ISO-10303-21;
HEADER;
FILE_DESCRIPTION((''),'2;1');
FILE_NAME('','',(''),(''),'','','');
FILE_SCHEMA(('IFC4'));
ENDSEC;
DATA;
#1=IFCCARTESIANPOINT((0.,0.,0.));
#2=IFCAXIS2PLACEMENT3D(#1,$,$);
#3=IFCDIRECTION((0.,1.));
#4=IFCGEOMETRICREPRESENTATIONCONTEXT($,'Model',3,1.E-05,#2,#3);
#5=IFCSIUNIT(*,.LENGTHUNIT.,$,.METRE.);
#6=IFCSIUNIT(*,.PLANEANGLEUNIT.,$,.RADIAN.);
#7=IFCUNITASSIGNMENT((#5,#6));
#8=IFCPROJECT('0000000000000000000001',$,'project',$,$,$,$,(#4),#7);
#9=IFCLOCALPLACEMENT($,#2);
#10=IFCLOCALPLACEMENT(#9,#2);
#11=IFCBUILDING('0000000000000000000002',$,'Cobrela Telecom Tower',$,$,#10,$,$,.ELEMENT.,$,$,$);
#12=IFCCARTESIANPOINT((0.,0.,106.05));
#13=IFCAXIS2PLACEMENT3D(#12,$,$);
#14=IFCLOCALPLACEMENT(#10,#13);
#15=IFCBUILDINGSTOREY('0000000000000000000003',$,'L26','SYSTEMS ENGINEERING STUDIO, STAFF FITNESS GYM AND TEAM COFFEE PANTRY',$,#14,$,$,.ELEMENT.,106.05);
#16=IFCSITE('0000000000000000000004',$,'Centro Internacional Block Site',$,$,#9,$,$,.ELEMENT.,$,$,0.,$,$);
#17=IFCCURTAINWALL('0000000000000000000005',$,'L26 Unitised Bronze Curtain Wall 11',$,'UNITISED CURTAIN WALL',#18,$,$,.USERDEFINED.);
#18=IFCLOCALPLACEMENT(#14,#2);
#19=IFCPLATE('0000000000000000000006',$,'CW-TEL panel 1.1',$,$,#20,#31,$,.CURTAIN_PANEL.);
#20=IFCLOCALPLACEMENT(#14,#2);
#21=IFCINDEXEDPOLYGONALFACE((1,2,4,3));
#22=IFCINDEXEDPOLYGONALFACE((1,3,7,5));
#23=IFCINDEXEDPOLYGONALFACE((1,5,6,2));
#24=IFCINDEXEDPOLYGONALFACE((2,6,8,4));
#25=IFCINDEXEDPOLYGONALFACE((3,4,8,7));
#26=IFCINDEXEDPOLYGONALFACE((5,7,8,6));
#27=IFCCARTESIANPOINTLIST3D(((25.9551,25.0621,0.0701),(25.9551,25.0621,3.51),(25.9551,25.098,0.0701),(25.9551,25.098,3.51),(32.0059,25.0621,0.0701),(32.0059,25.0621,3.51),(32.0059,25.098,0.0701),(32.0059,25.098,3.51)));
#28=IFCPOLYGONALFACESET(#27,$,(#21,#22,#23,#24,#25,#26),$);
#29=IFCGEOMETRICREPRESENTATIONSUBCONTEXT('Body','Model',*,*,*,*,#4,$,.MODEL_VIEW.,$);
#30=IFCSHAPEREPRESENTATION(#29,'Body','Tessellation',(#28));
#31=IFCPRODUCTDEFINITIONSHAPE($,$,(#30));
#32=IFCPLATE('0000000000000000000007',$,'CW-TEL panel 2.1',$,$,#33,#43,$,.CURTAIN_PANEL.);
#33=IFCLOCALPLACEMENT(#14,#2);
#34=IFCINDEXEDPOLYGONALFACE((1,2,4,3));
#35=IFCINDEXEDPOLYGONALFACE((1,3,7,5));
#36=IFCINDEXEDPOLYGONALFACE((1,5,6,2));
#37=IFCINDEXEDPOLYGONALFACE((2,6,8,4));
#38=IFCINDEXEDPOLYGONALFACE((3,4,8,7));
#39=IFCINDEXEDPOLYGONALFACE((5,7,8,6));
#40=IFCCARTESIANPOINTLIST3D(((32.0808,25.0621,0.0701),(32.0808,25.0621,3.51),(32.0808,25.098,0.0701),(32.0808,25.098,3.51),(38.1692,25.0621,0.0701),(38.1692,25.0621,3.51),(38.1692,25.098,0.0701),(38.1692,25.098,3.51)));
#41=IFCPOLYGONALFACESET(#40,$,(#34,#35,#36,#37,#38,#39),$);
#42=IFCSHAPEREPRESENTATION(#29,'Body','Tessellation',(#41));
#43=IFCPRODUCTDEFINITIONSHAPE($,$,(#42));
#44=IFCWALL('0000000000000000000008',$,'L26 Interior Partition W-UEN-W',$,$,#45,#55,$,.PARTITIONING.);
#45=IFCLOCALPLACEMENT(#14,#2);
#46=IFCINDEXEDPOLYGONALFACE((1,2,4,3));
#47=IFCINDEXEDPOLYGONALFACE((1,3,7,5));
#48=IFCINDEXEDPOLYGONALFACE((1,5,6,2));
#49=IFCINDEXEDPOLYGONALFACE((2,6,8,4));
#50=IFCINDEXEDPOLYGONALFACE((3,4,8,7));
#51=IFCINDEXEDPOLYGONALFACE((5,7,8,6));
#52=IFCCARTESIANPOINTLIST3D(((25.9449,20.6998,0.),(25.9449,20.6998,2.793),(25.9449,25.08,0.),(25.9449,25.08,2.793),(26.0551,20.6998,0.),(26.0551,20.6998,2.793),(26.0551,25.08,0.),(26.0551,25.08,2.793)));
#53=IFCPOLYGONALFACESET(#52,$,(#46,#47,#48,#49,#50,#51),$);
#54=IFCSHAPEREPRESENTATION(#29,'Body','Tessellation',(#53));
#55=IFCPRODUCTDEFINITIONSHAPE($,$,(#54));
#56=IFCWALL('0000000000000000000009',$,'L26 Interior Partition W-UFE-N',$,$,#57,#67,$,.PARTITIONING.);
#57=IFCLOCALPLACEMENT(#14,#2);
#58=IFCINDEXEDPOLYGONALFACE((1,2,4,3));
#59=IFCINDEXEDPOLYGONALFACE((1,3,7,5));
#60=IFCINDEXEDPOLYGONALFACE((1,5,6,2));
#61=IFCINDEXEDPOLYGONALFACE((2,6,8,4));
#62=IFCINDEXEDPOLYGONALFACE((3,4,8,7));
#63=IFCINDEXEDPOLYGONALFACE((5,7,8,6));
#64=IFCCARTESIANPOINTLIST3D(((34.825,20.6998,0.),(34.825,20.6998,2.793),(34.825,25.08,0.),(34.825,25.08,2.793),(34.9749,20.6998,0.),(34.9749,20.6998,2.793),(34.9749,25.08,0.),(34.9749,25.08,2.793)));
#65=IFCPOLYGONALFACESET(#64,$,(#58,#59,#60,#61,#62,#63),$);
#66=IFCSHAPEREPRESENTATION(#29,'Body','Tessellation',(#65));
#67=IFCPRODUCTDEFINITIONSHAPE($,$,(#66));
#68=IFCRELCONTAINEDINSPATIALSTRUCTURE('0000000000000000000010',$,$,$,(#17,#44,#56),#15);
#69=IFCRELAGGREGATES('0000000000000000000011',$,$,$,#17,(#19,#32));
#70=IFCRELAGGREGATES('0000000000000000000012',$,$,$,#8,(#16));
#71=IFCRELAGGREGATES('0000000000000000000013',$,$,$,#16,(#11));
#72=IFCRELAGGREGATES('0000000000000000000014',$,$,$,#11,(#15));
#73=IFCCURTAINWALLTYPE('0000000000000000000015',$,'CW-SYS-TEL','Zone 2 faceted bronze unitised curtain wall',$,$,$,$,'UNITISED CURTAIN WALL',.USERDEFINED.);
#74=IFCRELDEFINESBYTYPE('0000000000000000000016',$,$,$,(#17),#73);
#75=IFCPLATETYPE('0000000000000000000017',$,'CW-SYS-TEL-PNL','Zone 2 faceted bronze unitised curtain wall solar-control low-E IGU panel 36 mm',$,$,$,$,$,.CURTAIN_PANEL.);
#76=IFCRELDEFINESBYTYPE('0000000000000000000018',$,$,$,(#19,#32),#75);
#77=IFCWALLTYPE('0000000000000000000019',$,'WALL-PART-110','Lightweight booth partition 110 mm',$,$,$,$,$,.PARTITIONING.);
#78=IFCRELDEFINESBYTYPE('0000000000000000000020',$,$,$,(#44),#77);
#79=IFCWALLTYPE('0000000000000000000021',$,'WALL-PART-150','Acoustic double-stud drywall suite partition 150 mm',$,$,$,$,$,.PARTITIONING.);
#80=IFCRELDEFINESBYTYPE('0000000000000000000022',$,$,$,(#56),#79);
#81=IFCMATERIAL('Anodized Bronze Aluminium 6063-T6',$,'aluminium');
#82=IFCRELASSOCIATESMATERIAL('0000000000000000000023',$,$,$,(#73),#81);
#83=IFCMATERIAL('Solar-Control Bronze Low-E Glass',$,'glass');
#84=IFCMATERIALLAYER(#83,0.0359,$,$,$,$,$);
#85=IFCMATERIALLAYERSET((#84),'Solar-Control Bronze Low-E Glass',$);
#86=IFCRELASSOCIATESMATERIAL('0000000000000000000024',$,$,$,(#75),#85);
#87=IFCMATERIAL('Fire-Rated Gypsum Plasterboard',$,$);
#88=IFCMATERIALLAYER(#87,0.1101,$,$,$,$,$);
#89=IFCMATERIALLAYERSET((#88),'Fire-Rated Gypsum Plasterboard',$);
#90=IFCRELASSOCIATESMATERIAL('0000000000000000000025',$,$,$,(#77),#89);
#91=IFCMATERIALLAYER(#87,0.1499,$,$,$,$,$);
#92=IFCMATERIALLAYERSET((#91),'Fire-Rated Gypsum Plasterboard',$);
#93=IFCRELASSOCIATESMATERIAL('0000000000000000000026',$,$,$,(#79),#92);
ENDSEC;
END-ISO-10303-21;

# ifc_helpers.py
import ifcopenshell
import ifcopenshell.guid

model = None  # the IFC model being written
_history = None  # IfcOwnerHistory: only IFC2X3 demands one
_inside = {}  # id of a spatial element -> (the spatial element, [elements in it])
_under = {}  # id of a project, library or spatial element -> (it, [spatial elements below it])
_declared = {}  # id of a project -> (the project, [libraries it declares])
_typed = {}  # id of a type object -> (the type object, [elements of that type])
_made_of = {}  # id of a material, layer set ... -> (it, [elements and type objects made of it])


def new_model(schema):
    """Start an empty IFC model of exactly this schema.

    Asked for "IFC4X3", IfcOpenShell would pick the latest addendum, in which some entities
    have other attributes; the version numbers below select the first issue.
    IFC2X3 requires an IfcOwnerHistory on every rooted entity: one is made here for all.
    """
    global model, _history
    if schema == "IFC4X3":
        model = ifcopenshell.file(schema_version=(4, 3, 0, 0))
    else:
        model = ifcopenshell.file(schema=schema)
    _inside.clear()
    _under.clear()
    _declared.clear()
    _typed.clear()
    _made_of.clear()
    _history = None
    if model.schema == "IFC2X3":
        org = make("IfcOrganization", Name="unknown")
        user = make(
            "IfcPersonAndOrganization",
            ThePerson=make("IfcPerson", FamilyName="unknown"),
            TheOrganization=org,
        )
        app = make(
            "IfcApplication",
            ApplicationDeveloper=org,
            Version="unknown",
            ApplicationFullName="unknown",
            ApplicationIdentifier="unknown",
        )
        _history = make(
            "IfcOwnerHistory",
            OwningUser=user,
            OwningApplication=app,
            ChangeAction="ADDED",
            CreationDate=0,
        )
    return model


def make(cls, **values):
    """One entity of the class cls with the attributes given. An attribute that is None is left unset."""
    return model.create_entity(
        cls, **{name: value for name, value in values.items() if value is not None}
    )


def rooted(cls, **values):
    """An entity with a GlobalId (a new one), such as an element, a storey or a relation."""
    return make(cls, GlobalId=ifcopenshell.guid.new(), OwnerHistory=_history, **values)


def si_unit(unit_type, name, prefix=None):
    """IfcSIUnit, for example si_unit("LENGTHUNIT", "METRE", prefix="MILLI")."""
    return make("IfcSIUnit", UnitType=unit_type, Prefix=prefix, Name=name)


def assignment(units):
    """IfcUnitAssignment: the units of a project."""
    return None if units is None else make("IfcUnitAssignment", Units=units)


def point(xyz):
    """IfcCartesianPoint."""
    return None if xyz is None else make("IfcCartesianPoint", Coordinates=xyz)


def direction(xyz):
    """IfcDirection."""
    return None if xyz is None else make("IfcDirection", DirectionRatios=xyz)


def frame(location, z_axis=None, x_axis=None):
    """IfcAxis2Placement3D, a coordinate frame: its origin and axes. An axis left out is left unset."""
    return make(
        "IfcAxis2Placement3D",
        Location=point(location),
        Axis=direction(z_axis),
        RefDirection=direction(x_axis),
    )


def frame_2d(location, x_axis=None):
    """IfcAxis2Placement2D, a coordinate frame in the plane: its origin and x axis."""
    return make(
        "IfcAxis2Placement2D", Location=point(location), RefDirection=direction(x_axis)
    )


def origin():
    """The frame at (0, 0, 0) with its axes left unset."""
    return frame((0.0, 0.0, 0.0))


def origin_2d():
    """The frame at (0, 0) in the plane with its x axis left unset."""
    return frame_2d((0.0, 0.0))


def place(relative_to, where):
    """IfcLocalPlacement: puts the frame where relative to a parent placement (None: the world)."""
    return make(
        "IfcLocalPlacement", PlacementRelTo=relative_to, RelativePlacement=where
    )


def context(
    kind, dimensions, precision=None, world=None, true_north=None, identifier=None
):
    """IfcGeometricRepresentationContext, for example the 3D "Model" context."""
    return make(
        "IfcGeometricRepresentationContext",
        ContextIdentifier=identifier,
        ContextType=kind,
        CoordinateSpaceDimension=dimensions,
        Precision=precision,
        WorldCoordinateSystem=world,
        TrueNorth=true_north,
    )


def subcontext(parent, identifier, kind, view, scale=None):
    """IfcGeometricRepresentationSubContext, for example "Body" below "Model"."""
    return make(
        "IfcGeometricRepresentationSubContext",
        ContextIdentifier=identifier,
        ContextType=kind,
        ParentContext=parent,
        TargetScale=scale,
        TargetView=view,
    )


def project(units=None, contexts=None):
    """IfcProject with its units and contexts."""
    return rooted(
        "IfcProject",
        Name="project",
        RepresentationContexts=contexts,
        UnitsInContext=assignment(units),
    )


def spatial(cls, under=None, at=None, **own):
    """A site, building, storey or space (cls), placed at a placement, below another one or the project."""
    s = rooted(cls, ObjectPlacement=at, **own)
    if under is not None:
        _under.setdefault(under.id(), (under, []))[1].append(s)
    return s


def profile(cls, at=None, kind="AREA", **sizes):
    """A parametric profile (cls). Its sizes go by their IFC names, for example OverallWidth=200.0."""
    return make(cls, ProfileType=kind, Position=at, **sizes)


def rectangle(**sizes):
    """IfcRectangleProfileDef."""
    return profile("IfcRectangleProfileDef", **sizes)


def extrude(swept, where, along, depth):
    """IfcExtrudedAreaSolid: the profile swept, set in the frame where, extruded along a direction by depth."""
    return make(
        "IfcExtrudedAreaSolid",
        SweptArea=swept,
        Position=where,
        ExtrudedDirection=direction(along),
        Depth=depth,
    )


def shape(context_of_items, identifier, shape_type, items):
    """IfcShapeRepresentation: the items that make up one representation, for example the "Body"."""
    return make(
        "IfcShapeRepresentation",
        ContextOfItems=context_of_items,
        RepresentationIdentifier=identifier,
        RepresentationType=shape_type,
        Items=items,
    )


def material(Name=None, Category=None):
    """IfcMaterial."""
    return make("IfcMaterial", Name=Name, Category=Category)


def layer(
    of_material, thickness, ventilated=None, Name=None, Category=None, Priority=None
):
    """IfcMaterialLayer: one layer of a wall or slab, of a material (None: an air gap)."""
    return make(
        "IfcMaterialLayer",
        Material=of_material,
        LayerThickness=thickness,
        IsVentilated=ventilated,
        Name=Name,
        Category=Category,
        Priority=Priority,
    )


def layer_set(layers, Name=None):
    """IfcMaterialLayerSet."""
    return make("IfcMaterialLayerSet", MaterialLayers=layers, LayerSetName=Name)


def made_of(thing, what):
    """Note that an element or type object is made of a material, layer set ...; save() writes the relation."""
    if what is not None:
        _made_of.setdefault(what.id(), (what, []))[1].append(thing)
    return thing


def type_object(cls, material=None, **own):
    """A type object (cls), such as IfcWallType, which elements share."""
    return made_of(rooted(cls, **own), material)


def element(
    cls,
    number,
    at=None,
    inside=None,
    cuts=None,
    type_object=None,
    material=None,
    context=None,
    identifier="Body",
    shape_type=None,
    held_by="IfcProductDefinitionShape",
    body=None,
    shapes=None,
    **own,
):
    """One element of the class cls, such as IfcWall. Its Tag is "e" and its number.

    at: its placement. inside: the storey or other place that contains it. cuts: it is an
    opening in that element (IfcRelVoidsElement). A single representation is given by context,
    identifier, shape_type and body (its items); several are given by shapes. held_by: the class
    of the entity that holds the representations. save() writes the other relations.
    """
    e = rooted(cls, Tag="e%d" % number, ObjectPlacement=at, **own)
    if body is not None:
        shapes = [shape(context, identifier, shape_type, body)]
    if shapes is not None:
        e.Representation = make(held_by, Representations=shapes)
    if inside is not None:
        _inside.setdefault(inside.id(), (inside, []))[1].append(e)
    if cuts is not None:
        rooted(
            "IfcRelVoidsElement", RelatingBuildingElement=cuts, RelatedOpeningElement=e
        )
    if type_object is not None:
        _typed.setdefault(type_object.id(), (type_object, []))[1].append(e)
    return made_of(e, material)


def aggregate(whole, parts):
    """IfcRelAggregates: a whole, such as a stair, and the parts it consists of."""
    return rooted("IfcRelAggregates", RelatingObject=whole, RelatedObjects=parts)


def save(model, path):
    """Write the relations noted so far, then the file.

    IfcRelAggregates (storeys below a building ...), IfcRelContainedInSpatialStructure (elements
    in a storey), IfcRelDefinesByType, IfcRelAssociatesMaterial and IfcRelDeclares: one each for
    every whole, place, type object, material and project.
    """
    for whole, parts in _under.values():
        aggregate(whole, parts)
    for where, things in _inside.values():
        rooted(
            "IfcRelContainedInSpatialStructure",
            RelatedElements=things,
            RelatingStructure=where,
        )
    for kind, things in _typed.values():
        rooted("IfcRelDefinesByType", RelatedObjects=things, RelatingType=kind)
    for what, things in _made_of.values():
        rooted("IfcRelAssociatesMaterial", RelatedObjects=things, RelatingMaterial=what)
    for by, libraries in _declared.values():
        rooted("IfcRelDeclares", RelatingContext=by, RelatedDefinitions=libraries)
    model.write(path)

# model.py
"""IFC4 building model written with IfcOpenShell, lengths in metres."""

from ifc_helpers import new_model, si_unit, direction, frame, frame_2d, origin, origin_2d, place, context, subcontext, project, spatial, rectangle, extrude, material, layer, layer_set, type_object, element, aggregate, save


model = new_model("IFC4")

# Units and contexts
model_context = context("Model", 3, precision=1e-05, world=origin(), true_north=direction((0.0, 1.0)))
body_context = subcontext(model_context, "Body", "Model", "MODEL_VIEW")
ifc_project = project(units=[si_unit("LENGTHUNIT", "METRE"), si_unit("PLANEANGLEUNIT", "RADIAN")], contexts=[model_context])

# Site, building, storey
site_placement = place(None, origin())
site = spatial("IfcSite", under=ifc_project, at=site_placement, Name="Centro Internacional Block Site", CompositionType="ELEMENT", RefElevation=0.0)
building_placement = place(site_placement, origin())
building = spatial("IfcBuilding", under=site, at=building_placement, Name="Cobrela Telecom Tower", CompositionType="ELEMENT")
storey_placement = place(building_placement, frame((0.0, 0.0, 106.05)))
storey = spatial("IfcBuildingStorey", under=building, at=storey_placement, Name="L26", Description="SYSTEMS ENGINEERING STUDIO, STAFF FITNESS GYM AND TEAM COFFEE PANTRY", CompositionType="ELEMENT", Elevation=106.05)

# Curtain wall, plates
ifc_material_1 = material(Name="Anodized Bronze Aluminium 6063-T6", Category="aluminium")
curtain_wall_type = type_object("IfcCurtainWallType", Name="CW-SYS-TEL", Description="Zone 2 faceted bronze unitised curtain wall", ElementType="UNITISED CURTAIN WALL", PredefinedType="USERDEFINED", material=ifc_material_1)
curtain_wall_placement = place(storey_placement, origin())
curtain_wall = element("IfcCurtainWall", 1, at=curtain_wall_placement, inside=storey, type_object=curtain_wall_type, Name="L26 Unitised Bronze Curtain Wall 11", ObjectType="UNITISED CURTAIN WALL", PredefinedType="USERDEFINED")
ifc_material_2 = material(Name="Solar-Control Bronze Low-E Glass", Category="glass")
ifc_layer_1 = layer(ifc_material_2, 0.0359)
ifc_layer_set_1 = layer_set([ifc_layer_1], Name="Solar-Control Bronze Low-E Glass")
plate_type = type_object("IfcPlateType", Name="CW-SYS-TEL-PNL", Description="Zone 2 faceted bronze unitised curtain wall solar-control low-E IGU panel 36 mm", PredefinedType="CURTAIN_PANEL", material=ifc_layer_set_1)
plate_1_placement = place(storey_placement, frame((28.9805, 25.0801, 0.0701), z_axis=(0.0, 0.0, 1.0), x_axis=(1.0, 0.0, 0.0)))
plate_1 = element("IfcPlate", 2, at=plate_1_placement, type_object=plate_type, Name="CW-TEL panel 1.1", PredefinedType="CURTAIN_PANEL", context=body_context, shape_type="SweptSolid", body=[
    extrude(rectangle(XDim=6.0508, YDim=0.0359, at=origin_2d()), origin(), (0.0, 0.0, 1.0), 3.4399),
])
plate_2_placement = place(storey_placement, frame((35.125, 25.0801, 0.0701), z_axis=(0.0, 0.0, 1.0), x_axis=(1.0, 0.0, 0.0)))
plate_2 = element("IfcPlate", 3, at=plate_2_placement, type_object=plate_type, Name="CW-TEL panel 2.1", PredefinedType="CURTAIN_PANEL", context=body_context, shape_type="SweptSolid", body=[
    extrude(rectangle(XDim=6.0884, YDim=0.0359, at=origin_2d()), origin(), (0.0, 0.0, 1.0), 3.4399),
])
aggregate(curtain_wall, [plate_1, plate_2])

# Walls
ifc_material_3 = material(Name="Fire-Rated Gypsum Plasterboard")
ifc_layer_2 = layer(ifc_material_3, 0.1101)
ifc_layer_set_2 = layer_set([ifc_layer_2], Name="Fire-Rated Gypsum Plasterboard")
wall_type_1 = type_object("IfcWallType", Name="WALL-PART-110", Description="Lightweight booth partition 110 mm", PredefinedType="PARTITIONING", material=ifc_layer_set_2)
wall_1_placement = place(storey_placement, frame((26.0, 20.7, 0.0), z_axis=(0.0, 0.0, 1.0), x_axis=(0.0, 1.0, 0.0)))
element("IfcWall", 4, at=wall_1_placement, inside=storey, type_object=wall_type_1, Name="L26 Interior Partition W-UEN-W", PredefinedType="PARTITIONING", context=body_context, shape_type="SweptSolid", body=[
    extrude(rectangle(XDim=4.3801, YDim=0.1101, at=frame_2d((2.1899, 0.0))), origin(), (0.0, 0.0, 1.0), 2.793),
])
ifc_layer_3 = layer(ifc_material_3, 0.1499)
ifc_layer_set_3 = layer_set([ifc_layer_3], Name="Fire-Rated Gypsum Plasterboard")
wall_type_2 = type_object("IfcWallType", Name="WALL-PART-150", Description="Acoustic double-stud drywall suite partition 150 mm", PredefinedType="PARTITIONING", material=ifc_layer_set_3)
wall_2_placement = place(storey_placement, frame((34.8999, 20.7, 0.0), z_axis=(0.0, 0.0, 1.0), x_axis=(0.0, 1.0, 0.0)))
element("IfcWall", 5, at=wall_2_placement, inside=storey, type_object=wall_type_2, Name="L26 Interior Partition W-UFE-N", PredefinedType="PARTITIONING", context=body_context, shape_type="SweptSolid", body=[
    extrude(rectangle(XDim=4.3801, YDim=0.1499, at=frame_2d((2.1899, 0.0))), origin(), (0.0, 0.0, 1.0), 2.793),
])

save(model, "model.ifc")
